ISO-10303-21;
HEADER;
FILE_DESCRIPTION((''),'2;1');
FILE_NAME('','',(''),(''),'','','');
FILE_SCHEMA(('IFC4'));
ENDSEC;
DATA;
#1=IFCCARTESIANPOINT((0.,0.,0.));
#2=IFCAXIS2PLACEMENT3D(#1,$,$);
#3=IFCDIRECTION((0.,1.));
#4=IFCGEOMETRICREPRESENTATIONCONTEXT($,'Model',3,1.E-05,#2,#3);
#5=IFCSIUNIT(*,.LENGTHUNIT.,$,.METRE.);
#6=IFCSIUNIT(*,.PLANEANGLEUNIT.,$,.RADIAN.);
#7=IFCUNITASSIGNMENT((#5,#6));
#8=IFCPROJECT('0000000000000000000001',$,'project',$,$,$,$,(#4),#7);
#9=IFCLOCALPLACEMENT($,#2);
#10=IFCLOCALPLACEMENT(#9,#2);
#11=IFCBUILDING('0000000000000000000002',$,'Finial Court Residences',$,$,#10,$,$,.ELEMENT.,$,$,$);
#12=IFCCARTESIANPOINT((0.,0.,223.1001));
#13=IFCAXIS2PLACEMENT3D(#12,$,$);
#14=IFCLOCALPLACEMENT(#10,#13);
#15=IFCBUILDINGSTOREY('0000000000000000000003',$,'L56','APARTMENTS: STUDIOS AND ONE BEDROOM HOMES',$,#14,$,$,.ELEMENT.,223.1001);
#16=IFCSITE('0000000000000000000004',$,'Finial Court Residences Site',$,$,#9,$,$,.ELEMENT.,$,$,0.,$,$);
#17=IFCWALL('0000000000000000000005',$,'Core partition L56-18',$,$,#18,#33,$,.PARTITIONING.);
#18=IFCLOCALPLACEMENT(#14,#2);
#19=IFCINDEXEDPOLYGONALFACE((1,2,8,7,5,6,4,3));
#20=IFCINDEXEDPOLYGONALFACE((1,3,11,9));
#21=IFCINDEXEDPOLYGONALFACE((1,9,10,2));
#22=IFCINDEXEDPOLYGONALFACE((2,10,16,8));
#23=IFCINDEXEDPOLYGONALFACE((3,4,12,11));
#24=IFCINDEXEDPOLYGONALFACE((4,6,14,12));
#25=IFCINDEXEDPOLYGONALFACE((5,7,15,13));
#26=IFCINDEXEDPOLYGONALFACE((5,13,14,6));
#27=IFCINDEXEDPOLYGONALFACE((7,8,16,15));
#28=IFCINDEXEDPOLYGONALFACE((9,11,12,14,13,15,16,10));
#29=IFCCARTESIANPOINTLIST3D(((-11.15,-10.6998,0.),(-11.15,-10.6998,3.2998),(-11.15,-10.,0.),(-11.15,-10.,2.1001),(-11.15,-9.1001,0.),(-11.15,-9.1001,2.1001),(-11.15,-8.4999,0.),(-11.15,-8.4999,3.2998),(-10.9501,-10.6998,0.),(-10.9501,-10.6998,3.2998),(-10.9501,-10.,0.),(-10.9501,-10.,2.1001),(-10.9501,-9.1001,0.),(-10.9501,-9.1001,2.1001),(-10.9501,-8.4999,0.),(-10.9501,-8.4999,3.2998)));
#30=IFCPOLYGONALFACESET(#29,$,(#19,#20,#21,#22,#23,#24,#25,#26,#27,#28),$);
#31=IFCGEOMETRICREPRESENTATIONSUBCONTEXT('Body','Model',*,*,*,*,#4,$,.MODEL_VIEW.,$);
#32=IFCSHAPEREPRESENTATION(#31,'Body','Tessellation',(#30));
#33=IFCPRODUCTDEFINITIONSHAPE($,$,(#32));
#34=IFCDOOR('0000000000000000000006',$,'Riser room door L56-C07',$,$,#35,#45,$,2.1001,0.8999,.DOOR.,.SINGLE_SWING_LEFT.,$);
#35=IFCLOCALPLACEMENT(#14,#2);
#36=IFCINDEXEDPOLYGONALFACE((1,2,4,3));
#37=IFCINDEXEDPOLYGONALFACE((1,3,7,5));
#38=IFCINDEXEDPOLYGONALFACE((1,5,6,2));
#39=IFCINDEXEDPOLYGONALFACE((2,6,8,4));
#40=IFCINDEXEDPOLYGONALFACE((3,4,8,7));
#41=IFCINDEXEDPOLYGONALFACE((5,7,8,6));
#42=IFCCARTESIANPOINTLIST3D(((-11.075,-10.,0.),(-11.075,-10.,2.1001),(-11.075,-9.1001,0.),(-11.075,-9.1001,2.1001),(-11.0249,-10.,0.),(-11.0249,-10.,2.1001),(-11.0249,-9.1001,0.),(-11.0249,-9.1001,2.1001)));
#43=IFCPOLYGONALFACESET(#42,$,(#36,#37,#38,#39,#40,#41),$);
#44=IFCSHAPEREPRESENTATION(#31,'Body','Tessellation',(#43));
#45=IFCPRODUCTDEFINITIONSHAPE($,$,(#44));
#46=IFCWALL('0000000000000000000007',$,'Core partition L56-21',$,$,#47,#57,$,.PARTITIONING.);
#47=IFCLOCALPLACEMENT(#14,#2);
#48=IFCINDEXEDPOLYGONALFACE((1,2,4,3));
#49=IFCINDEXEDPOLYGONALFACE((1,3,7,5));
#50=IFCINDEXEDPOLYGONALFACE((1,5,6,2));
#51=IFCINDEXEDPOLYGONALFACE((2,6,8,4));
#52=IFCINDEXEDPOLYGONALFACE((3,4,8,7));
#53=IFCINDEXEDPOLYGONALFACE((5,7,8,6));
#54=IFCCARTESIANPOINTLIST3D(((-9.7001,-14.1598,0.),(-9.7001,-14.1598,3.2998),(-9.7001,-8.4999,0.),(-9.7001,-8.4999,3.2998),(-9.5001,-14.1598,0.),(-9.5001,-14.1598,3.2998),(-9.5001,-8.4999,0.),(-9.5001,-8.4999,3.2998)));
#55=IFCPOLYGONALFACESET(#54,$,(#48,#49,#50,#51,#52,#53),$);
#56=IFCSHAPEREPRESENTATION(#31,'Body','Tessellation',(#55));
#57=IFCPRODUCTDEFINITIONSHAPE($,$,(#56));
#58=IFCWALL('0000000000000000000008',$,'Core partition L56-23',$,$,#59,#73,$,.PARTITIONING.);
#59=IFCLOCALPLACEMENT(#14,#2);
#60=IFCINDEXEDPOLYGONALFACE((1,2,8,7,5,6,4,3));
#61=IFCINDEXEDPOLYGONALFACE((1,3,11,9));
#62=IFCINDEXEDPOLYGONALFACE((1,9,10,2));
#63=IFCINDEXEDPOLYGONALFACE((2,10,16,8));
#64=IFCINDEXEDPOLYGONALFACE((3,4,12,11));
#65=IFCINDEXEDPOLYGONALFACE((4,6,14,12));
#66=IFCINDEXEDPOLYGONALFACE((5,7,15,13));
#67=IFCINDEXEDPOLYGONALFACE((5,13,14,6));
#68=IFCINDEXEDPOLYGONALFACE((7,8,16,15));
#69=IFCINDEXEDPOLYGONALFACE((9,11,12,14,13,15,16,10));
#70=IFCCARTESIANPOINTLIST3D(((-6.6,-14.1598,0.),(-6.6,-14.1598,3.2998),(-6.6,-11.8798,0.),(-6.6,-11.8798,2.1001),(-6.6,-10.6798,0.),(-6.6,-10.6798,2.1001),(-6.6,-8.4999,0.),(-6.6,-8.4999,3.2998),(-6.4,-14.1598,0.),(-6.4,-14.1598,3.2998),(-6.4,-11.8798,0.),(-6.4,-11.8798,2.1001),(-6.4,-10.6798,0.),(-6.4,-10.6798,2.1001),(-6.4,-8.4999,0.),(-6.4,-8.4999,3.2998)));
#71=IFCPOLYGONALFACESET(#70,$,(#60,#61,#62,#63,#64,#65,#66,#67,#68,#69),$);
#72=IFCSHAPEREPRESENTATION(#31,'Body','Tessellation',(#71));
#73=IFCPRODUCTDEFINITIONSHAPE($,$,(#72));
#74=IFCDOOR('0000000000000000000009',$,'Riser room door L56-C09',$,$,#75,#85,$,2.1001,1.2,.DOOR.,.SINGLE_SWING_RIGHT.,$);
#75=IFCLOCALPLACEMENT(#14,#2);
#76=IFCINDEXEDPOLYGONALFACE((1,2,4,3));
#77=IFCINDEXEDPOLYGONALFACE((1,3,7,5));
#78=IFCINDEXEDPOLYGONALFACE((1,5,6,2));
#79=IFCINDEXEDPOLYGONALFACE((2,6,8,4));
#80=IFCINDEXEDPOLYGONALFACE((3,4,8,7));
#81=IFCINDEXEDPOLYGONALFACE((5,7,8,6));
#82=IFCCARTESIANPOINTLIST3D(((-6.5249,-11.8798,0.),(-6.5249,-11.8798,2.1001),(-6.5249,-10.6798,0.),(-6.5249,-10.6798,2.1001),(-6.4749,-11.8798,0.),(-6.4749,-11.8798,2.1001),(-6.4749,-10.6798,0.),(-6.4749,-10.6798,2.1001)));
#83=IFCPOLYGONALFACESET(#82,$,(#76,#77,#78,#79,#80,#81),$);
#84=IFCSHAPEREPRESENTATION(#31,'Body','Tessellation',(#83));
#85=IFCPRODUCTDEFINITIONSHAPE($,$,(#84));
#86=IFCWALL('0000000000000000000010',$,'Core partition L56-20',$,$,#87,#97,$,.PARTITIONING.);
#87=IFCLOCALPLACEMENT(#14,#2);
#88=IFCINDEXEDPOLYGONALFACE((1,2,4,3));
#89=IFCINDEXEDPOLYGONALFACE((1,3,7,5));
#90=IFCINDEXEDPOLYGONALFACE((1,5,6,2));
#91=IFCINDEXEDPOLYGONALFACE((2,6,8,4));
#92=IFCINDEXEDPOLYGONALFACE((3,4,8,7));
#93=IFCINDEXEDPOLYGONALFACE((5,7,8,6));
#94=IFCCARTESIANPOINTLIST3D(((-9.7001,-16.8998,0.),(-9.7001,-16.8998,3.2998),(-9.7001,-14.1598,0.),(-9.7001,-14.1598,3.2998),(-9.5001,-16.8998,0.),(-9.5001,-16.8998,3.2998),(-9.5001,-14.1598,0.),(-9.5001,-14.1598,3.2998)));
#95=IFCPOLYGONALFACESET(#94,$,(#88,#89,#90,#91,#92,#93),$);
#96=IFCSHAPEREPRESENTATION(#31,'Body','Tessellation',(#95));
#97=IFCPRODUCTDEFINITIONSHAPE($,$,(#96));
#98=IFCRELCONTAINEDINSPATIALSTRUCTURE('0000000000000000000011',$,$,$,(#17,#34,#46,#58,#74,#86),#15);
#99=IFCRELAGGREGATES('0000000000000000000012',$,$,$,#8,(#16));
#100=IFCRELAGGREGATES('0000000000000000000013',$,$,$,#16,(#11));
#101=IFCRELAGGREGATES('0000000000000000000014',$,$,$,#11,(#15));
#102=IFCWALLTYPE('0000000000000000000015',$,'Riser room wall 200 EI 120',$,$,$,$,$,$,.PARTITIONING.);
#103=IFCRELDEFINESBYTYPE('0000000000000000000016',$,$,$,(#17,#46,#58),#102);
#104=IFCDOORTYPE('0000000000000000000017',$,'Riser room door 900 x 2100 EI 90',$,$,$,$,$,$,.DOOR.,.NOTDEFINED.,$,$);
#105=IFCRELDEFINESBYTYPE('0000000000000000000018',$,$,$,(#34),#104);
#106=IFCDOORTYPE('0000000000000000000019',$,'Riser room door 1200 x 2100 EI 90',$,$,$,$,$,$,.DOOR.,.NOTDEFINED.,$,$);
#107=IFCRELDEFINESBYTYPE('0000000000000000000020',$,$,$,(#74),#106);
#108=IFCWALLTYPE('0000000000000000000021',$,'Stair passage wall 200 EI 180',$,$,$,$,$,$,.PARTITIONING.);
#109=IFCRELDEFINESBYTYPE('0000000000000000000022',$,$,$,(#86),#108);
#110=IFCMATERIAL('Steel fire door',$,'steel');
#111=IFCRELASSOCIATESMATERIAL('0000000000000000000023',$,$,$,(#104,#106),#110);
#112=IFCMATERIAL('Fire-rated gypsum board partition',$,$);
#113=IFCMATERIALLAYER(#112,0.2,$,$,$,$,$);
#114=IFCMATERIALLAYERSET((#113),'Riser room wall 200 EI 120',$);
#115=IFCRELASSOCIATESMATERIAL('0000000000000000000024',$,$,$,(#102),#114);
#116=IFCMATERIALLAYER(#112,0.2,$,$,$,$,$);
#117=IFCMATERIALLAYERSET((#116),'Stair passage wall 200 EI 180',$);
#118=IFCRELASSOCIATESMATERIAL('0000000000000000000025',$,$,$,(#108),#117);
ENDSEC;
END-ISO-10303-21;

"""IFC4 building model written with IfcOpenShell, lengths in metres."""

from ifc_helpers import new_model, si_unit, direction, frame, frame_2d, origin, place, context, subcontext, project, spatial, rectangle, extrude, material, layer, layer_set, type_object, element, fill, save


model = new_model("IFC4")

# Units and contexts
model_context = context("Model", 3, precision=1e-05, world=origin(), true_north=direction((0.0, 1.0)))
body_context = subcontext(model_context, "Body", "Model", "MODEL_VIEW")
ifc_project = project(units=[si_unit("LENGTHUNIT", "METRE"), si_unit("PLANEANGLEUNIT", "RADIAN")], contexts=[model_context])

# Site, building, storey
site_placement = place(None, origin())
site = spatial("IfcSite", under=ifc_project, at=site_placement, Name="Finial Court Residences Site", CompositionType="ELEMENT", RefElevation=0.0)
building_placement = place(site_placement, origin())
building = spatial("IfcBuilding", under=site, at=building_placement, Name="Finial Court Residences", CompositionType="ELEMENT")
storey_placement = place(building_placement, frame((0.0, 0.0, 223.1001)))
storey = spatial("IfcBuildingStorey", under=building, at=storey_placement, Name="L56", Description="APARTMENTS: STUDIOS AND ONE BEDROOM HOMES", CompositionType="ELEMENT", Elevation=223.1001)

# Shared definitions
ifc_material_1 = material(Name="Steel fire door", Category="steel")
door_type_1 = type_object("IfcDoorType", Name="Riser room door 900 x 2100 EI 90", OperationType="NOTDEFINED", PredefinedType="DOOR", material=ifc_material_1)

# Shared definitions
ifc_material_2 = material(Name="Fire-rated gypsum board partition")

# Shared definitions
ifc_layer_1 = layer(ifc_material_2, 0.2)
ifc_layer_set_1 = layer_set([ifc_layer_1], Name="Riser room wall 200 EI 120")
wall_type_1 = type_object("IfcWallType", Name="Riser room wall 200 EI 120", PredefinedType="PARTITIONING", material=ifc_layer_set_1)

# Wall, opening, door
wall_1_placement = place(storey_placement, frame((-11.05, -10.7, 0.0), z_axis=(0.0, 0.0, 1.0), x_axis=(0.0, 1.0, 0.0)))
wall_1 = element("IfcWall", 1, at=wall_1_placement, inside=storey, type_object=wall_type_1, Name="Core partition L56-18", PredefinedType="PARTITIONING", context=body_context, shape_type="SweptSolid", body=[
    extrude(rectangle(XDim=2.2, YDim=0.2, at=frame_2d((1.1001, 0.0))), origin(), (0.0, 0.0, 1.0), 3.2998),
])
opening_1_placement = place(wall_1_placement, frame((0.7, 0.0, 0.0)))
opening_1 = element("IfcOpeningElement", 2, at=opening_1_placement, cuts=wall_1, PredefinedType="OPENING", context=body_context, shape_type="SweptSolid", body=[
    extrude(rectangle(XDim=0.8999, YDim=2.1001, at=frame_2d((0.45, 1.05))), frame((0.0, 0.1099, 0.0), z_axis=(0.0, -1.0, 0.0), x_axis=(1.0, 0.0, 0.0)), (0.0, 0.0, 1.0), 0.22),
])
door_1_placement = place(opening_1_placement, origin())
door_1 = element("IfcDoor", 3, at=door_1_placement, inside=storey, type_object=door_type_1, Name="Riser room door L56-C07", OperationType="SINGLE_SWING_LEFT", OverallHeight=2.1001, OverallWidth=0.8999, PredefinedType="DOOR", context=body_context, shape_type="SweptSolid", body=[
    extrude(rectangle(XDim=0.8999, YDim=2.1001, at=frame_2d((0.45, 1.05))), frame((0.0, 0.0249, 0.0), z_axis=(0.0, -1.0, 0.0), x_axis=(1.0, 0.0, 0.0)), (0.0, 0.0, 1.0), 0.05),
])
fill(opening_1, door_1)

# Wall
wall_2_placement = place(storey_placement, frame((-9.6001, -14.1599, 0.0), z_axis=(0.0, 0.0, 1.0), x_axis=(0.0, 1.0, 0.0)))
element("IfcWall", 4, at=wall_2_placement, inside=storey, type_object=wall_type_1, Name="Core partition L56-21", PredefinedType="PARTITIONING", context=body_context, shape_type="SweptSolid", body=[
    extrude(rectangle(XDim=5.6599, YDim=0.2, at=frame_2d((2.8301, 0.0))), origin(), (0.0, 0.0, 1.0), 3.2998),
])

# Wall, opening, door
wall_3_placement = place(storey_placement, frame((-6.5, -14.1599, 0.0), z_axis=(0.0, 0.0, 1.0), x_axis=(0.0, 1.0, 0.0)))
wall_3 = element("IfcWall", 5, at=wall_3_placement, inside=storey, type_object=wall_type_1, Name="Core partition L56-23", PredefinedType="PARTITIONING", context=body_context, shape_type="SweptSolid", body=[
    extrude(rectangle(XDim=5.6599, YDim=0.2, at=frame_2d((2.8301, 0.0))), origin(), (0.0, 0.0, 1.0), 3.2998),
])
opening_2_placement = place(wall_3_placement, frame((2.28, 0.0, 0.0)))
opening_2 = element("IfcOpeningElement", 6, at=opening_2_placement, cuts=wall_3, PredefinedType="OPENING", context=body_context, shape_type="SweptSolid", body=[
    extrude(rectangle(XDim=1.2, YDim=2.1001, at=frame_2d((0.6001, 1.05))), frame((0.0, 0.1099, 0.0), z_axis=(0.0, -1.0, 0.0), x_axis=(1.0, 0.0, 0.0)), (0.0, 0.0, 1.0), 0.22),
])
door_type_2 = type_object("IfcDoorType", Name="Riser room door 1200 x 2100 EI 90", OperationType="NOTDEFINED", PredefinedType="DOOR", material=ifc_material_1)
door_2_placement = place(opening_2_placement, origin())
door_2 = element("IfcDoor", 7, at=door_2_placement, inside=storey, type_object=door_type_2, Name="Riser room door L56-C09", OperationType="SINGLE_SWING_RIGHT", OverallHeight=2.1001, OverallWidth=1.2, PredefinedType="DOOR", context=body_context, shape_type="SweptSolid", body=[
    extrude(rectangle(XDim=1.2, YDim=2.1001, at=frame_2d((0.6001, 1.05))), frame((0.0, 0.0249, 0.0), z_axis=(0.0, -1.0, 0.0), x_axis=(1.0, 0.0, 0.0)), (0.0, 0.0, 1.0), 0.05),
])
fill(opening_2, door_2)

# Wall
ifc_layer_2 = layer(ifc_material_2, 0.2)
ifc_layer_set_2 = layer_set([ifc_layer_2], Name="Stair passage wall 200 EI 180")
wall_type_2 = type_object("IfcWallType", Name="Stair passage wall 200 EI 180", PredefinedType="PARTITIONING", material=ifc_layer_set_2)
wall_4_placement = place(storey_placement, frame((-9.6001, -16.8999, 0.0), z_axis=(0.0, 0.0, 1.0), x_axis=(0.0, 1.0, 0.0)))
element("IfcWall", 8, at=wall_4_placement, inside=storey, type_object=wall_type_2, Name="Core partition L56-20", PredefinedType="PARTITIONING", context=body_context, shape_type="SweptSolid", body=[
    extrude(rectangle(XDim=2.74, YDim=0.2, at=frame_2d((1.3701, 0.0))), origin(), (0.0, 0.0, 1.0), 3.2998),
])

save(model, "model.ifc")
